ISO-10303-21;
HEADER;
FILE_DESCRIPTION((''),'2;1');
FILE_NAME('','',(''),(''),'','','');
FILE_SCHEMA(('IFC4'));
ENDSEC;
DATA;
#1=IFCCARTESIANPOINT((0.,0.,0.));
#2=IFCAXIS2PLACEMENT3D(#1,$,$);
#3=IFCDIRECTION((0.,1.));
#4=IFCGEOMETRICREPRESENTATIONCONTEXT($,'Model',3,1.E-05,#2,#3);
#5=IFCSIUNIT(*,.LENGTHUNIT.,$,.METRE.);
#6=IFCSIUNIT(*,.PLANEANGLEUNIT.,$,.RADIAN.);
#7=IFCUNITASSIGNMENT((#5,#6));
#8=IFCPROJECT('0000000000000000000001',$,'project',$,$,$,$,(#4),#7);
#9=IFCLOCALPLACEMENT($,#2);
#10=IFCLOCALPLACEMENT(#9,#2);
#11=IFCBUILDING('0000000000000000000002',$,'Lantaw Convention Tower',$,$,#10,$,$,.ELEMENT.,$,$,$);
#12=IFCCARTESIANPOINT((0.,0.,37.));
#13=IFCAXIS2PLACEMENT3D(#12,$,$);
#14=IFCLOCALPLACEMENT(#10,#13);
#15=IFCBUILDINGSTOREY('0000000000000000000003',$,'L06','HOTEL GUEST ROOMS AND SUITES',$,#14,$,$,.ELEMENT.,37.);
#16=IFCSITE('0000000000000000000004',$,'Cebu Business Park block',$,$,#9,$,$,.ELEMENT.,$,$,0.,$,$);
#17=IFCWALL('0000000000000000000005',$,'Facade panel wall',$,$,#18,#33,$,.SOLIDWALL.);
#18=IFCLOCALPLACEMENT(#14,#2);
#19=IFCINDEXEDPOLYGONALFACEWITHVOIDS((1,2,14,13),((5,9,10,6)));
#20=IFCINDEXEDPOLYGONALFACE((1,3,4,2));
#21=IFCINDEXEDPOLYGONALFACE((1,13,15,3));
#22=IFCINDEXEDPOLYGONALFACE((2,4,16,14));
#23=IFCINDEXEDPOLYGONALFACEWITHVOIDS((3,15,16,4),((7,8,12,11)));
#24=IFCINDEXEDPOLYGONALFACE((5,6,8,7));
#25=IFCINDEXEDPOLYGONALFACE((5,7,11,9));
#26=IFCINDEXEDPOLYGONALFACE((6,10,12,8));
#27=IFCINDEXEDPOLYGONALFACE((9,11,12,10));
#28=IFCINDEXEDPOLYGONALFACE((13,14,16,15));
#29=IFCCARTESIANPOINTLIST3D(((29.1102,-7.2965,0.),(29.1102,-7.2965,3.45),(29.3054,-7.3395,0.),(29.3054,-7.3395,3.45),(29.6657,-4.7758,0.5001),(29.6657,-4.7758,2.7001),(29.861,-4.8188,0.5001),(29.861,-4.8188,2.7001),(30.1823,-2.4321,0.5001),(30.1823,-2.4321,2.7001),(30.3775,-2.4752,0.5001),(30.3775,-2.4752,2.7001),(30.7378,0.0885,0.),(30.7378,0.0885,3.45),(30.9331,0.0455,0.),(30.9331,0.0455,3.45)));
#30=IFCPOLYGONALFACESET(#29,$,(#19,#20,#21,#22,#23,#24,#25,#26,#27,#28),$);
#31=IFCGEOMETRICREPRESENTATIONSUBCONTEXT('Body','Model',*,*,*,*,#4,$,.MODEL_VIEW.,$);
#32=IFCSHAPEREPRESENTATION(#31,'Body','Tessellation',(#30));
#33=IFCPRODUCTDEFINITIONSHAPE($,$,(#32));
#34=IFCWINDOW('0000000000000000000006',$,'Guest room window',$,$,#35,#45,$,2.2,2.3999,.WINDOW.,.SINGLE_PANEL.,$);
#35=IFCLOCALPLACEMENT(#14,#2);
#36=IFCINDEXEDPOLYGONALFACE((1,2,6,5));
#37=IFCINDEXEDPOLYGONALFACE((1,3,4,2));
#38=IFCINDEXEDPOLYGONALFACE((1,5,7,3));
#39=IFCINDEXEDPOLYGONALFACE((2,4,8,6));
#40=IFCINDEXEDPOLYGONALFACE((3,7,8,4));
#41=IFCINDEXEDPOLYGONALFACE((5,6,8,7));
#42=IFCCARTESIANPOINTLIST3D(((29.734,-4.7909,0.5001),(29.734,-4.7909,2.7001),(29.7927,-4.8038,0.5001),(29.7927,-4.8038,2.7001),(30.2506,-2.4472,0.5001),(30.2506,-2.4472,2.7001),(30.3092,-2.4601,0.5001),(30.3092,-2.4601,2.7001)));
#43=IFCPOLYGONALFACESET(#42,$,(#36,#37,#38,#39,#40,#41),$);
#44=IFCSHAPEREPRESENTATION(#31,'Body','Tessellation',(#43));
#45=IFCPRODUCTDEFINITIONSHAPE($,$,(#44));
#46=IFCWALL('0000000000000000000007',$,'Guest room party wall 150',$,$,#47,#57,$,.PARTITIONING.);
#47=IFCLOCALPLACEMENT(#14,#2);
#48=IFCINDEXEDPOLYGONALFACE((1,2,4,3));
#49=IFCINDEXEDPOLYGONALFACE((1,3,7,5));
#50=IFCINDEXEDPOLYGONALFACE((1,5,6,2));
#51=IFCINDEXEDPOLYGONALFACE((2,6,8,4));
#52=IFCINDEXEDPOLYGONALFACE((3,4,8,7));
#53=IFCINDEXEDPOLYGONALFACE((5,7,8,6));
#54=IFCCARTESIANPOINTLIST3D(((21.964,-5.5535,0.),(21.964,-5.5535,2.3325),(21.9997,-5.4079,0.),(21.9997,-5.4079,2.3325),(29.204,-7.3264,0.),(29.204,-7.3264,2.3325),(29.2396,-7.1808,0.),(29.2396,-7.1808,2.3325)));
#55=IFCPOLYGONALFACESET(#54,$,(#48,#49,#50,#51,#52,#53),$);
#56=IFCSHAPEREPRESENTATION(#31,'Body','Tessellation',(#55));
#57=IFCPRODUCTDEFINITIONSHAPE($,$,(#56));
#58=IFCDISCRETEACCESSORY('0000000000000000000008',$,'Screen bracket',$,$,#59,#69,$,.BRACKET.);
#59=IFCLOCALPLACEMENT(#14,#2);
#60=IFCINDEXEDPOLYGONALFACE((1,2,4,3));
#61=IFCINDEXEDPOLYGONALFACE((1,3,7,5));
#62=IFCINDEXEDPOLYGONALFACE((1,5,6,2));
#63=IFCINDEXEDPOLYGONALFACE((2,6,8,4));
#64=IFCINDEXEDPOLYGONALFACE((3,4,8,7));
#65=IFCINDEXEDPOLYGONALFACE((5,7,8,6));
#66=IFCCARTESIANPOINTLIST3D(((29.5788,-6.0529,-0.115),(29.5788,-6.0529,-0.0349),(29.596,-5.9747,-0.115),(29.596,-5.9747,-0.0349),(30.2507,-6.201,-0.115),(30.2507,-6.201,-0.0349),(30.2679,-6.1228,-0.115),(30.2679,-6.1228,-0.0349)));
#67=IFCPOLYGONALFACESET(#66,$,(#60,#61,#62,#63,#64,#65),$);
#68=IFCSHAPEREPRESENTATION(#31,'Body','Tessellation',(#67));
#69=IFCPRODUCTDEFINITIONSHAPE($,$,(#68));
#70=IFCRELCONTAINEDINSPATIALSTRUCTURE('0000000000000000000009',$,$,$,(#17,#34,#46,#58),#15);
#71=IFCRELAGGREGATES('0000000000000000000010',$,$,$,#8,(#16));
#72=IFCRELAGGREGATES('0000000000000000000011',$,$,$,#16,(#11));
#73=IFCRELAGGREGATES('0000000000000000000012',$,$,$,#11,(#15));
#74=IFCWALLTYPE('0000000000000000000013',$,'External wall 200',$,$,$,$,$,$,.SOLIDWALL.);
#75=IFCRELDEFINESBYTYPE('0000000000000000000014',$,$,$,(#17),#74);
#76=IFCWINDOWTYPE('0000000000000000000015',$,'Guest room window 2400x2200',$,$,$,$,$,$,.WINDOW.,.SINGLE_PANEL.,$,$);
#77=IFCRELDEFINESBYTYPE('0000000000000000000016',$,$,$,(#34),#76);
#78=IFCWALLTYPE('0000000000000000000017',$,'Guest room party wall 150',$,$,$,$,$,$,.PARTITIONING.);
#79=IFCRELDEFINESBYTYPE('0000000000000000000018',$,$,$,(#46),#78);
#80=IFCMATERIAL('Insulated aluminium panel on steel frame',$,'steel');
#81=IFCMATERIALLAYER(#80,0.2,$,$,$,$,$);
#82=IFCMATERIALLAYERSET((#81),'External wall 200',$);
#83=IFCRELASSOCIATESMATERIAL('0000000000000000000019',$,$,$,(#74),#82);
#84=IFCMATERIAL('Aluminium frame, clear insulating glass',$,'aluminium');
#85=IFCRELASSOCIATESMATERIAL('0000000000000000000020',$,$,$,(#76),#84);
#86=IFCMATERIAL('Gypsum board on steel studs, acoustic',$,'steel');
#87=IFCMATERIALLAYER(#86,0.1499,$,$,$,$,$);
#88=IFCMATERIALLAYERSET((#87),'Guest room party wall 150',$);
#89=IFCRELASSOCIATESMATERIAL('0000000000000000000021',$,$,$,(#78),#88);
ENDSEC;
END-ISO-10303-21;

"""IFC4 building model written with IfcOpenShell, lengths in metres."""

from ifc_helpers import new_model, si_unit, direction, frame, frame_2d, origin, origin_2d, place, context, subcontext, project, spatial, rectangle, extrude, material, layer, layer_set, type_object, element, fill, save


model = new_model("IFC4")

# Units and contexts
model_context = context("Model", 3, precision=1e-05, world=origin(), true_north=direction((0.0, 1.0)))
body_context = subcontext(model_context, "Body", "Model", "MODEL_VIEW")
ifc_project = project(units=[si_unit("LENGTHUNIT", "METRE"), si_unit("PLANEANGLEUNIT", "RADIAN")], contexts=[model_context])

# Site, building, storey
site_placement = place(None, origin())
site = spatial("IfcSite", under=ifc_project, at=site_placement, Name="Cebu Business Park block", CompositionType="ELEMENT", RefElevation=0.0)
building_placement = place(site_placement, origin())
building = spatial("IfcBuilding", under=site, at=building_placement, Name="Lantaw Convention Tower", CompositionType="ELEMENT")
storey_placement = place(building_placement, frame((0.0, 0.0, 37.0)))
storey = spatial("IfcBuildingStorey", under=building, at=storey_placement, Name="L06", Description="HOTEL GUEST ROOMS AND SUITES", CompositionType="ELEMENT", Elevation=37.0)

# Wall, opening, window
ifc_material_1 = material(Name="Insulated aluminium panel on steel frame", Category="steel")
ifc_layer_1 = layer(ifc_material_1, 0.2)
ifc_layer_set_1 = layer_set([ifc_layer_1], Name="External wall 200")
wall_type_1 = type_object("IfcWallType", Name="External wall 200", PredefinedType="SOLIDWALL", material=ifc_layer_set_1)
ifc_material_2 = material(Name="Aluminium frame, clear insulating glass", Category="aluminium")
window_type = type_object("IfcWindowType", Name="Guest room window 2400x2200", PartitioningType="SINGLE_PANEL", PredefinedType="WINDOW", material=ifc_material_2)
wall_1_placement = place(storey_placement, frame((29.2078, -7.3181, 0.0), z_axis=(0.0, 0.0, 1.0), x_axis=(0.215238, 0.976562, 0.0)))
wall_1 = element("IfcWall", 1, at=wall_1_placement, inside=storey, type_object=wall_type_1, Name="Facade panel wall", PredefinedType="SOLIDWALL", context=body_context, shape_type="SweptSolid", body=[
    extrude(rectangle(XDim=7.5623, YDim=0.2, at=frame_2d((3.7812, 0.0))), origin(), (0.0, 0.0, 1.0), 3.45),
])
opening_1_placement = place(wall_1_placement, frame((2.5813, 0.0, 0.5)))
opening_1 = element("IfcOpeningElement", 2, at=opening_1_placement, cuts=wall_1, PredefinedType="OPENING", context=body_context, shape_type="SweptSolid", body=[
    extrude(rectangle(XDim=2.3999, YDim=2.2, at=frame_2d((1.2, 1.1001))), frame((0.0, 0.1099, 0.0), z_axis=(0.0, -1.0, 0.0), x_axis=(1.0, 0.0, 0.0)), (0.0, 0.0, 1.0), 0.22),
])
window_1_placement = place(opening_1_placement, origin())
window_1 = element("IfcWindow", 3, at=window_1_placement, inside=storey, type_object=window_type, Name="Guest room window", OverallHeight=2.2, OverallWidth=2.3999, PartitioningType="SINGLE_PANEL", PredefinedType="WINDOW", context=body_context, shape_type="SweptSolid", body=[
    extrude(rectangle(XDim=2.3999, YDim=2.2, at=frame_2d((1.2, 1.1001))), frame((0.0, 0.03, 0.0), z_axis=(0.0, -1.0, 0.0), x_axis=(1.0, 0.0, 0.0)), (0.0, 0.0, 1.0), 0.0601),
])
fill(opening_1, window_1)

# Wall
ifc_material_3 = material(Name="Gypsum board on steel studs, acoustic", Category="steel")
ifc_layer_2 = layer(ifc_material_3, 0.1499)
ifc_layer_set_2 = layer_set([ifc_layer_2], Name="Guest room party wall 150")
wall_type_2 = type_object("IfcWallType", Name="Guest room party wall 150", PredefinedType="PARTITIONING", material=ifc_layer_set_2)
wall_2_placement = place(storey_placement, frame((29.2219, -7.2537, 0.0), z_axis=(0.0, 0.0, 1.0), x_axis=(-0.971301, 0.237855, 0.0)))
element("IfcWall", 4, at=wall_2_placement, inside=storey, type_object=wall_type_2, Name="Guest room party wall 150", PredefinedType="PARTITIONING", context=body_context, shape_type="SweptSolid", body=[
    extrude(rectangle(XDim=7.4539, YDim=0.1499, at=frame_2d((3.7271, 0.0))), origin(), (0.0, 0.0, 1.0), 2.3325),
])

# Discrete accessory
discrete_accessory_placement = place(storey_placement, frame((29.9233, -6.0879, -0.115), z_axis=(0.0, 0.0, 1.0), x_axis=(0.215246, 0.97656, 0.0)))
element("IfcDiscreteAccessory", 5, at=discrete_accessory_placement, inside=storey, Name="Screen bracket", PredefinedType="BRACKET", context=body_context, shape_type="SweptSolid", body=[
    extrude(rectangle(XDim=0.0801, YDim=0.688, at=origin_2d()), origin(), (0.0, 0.0, 1.0), 0.0801),
])

save(model, "model.ifc")
